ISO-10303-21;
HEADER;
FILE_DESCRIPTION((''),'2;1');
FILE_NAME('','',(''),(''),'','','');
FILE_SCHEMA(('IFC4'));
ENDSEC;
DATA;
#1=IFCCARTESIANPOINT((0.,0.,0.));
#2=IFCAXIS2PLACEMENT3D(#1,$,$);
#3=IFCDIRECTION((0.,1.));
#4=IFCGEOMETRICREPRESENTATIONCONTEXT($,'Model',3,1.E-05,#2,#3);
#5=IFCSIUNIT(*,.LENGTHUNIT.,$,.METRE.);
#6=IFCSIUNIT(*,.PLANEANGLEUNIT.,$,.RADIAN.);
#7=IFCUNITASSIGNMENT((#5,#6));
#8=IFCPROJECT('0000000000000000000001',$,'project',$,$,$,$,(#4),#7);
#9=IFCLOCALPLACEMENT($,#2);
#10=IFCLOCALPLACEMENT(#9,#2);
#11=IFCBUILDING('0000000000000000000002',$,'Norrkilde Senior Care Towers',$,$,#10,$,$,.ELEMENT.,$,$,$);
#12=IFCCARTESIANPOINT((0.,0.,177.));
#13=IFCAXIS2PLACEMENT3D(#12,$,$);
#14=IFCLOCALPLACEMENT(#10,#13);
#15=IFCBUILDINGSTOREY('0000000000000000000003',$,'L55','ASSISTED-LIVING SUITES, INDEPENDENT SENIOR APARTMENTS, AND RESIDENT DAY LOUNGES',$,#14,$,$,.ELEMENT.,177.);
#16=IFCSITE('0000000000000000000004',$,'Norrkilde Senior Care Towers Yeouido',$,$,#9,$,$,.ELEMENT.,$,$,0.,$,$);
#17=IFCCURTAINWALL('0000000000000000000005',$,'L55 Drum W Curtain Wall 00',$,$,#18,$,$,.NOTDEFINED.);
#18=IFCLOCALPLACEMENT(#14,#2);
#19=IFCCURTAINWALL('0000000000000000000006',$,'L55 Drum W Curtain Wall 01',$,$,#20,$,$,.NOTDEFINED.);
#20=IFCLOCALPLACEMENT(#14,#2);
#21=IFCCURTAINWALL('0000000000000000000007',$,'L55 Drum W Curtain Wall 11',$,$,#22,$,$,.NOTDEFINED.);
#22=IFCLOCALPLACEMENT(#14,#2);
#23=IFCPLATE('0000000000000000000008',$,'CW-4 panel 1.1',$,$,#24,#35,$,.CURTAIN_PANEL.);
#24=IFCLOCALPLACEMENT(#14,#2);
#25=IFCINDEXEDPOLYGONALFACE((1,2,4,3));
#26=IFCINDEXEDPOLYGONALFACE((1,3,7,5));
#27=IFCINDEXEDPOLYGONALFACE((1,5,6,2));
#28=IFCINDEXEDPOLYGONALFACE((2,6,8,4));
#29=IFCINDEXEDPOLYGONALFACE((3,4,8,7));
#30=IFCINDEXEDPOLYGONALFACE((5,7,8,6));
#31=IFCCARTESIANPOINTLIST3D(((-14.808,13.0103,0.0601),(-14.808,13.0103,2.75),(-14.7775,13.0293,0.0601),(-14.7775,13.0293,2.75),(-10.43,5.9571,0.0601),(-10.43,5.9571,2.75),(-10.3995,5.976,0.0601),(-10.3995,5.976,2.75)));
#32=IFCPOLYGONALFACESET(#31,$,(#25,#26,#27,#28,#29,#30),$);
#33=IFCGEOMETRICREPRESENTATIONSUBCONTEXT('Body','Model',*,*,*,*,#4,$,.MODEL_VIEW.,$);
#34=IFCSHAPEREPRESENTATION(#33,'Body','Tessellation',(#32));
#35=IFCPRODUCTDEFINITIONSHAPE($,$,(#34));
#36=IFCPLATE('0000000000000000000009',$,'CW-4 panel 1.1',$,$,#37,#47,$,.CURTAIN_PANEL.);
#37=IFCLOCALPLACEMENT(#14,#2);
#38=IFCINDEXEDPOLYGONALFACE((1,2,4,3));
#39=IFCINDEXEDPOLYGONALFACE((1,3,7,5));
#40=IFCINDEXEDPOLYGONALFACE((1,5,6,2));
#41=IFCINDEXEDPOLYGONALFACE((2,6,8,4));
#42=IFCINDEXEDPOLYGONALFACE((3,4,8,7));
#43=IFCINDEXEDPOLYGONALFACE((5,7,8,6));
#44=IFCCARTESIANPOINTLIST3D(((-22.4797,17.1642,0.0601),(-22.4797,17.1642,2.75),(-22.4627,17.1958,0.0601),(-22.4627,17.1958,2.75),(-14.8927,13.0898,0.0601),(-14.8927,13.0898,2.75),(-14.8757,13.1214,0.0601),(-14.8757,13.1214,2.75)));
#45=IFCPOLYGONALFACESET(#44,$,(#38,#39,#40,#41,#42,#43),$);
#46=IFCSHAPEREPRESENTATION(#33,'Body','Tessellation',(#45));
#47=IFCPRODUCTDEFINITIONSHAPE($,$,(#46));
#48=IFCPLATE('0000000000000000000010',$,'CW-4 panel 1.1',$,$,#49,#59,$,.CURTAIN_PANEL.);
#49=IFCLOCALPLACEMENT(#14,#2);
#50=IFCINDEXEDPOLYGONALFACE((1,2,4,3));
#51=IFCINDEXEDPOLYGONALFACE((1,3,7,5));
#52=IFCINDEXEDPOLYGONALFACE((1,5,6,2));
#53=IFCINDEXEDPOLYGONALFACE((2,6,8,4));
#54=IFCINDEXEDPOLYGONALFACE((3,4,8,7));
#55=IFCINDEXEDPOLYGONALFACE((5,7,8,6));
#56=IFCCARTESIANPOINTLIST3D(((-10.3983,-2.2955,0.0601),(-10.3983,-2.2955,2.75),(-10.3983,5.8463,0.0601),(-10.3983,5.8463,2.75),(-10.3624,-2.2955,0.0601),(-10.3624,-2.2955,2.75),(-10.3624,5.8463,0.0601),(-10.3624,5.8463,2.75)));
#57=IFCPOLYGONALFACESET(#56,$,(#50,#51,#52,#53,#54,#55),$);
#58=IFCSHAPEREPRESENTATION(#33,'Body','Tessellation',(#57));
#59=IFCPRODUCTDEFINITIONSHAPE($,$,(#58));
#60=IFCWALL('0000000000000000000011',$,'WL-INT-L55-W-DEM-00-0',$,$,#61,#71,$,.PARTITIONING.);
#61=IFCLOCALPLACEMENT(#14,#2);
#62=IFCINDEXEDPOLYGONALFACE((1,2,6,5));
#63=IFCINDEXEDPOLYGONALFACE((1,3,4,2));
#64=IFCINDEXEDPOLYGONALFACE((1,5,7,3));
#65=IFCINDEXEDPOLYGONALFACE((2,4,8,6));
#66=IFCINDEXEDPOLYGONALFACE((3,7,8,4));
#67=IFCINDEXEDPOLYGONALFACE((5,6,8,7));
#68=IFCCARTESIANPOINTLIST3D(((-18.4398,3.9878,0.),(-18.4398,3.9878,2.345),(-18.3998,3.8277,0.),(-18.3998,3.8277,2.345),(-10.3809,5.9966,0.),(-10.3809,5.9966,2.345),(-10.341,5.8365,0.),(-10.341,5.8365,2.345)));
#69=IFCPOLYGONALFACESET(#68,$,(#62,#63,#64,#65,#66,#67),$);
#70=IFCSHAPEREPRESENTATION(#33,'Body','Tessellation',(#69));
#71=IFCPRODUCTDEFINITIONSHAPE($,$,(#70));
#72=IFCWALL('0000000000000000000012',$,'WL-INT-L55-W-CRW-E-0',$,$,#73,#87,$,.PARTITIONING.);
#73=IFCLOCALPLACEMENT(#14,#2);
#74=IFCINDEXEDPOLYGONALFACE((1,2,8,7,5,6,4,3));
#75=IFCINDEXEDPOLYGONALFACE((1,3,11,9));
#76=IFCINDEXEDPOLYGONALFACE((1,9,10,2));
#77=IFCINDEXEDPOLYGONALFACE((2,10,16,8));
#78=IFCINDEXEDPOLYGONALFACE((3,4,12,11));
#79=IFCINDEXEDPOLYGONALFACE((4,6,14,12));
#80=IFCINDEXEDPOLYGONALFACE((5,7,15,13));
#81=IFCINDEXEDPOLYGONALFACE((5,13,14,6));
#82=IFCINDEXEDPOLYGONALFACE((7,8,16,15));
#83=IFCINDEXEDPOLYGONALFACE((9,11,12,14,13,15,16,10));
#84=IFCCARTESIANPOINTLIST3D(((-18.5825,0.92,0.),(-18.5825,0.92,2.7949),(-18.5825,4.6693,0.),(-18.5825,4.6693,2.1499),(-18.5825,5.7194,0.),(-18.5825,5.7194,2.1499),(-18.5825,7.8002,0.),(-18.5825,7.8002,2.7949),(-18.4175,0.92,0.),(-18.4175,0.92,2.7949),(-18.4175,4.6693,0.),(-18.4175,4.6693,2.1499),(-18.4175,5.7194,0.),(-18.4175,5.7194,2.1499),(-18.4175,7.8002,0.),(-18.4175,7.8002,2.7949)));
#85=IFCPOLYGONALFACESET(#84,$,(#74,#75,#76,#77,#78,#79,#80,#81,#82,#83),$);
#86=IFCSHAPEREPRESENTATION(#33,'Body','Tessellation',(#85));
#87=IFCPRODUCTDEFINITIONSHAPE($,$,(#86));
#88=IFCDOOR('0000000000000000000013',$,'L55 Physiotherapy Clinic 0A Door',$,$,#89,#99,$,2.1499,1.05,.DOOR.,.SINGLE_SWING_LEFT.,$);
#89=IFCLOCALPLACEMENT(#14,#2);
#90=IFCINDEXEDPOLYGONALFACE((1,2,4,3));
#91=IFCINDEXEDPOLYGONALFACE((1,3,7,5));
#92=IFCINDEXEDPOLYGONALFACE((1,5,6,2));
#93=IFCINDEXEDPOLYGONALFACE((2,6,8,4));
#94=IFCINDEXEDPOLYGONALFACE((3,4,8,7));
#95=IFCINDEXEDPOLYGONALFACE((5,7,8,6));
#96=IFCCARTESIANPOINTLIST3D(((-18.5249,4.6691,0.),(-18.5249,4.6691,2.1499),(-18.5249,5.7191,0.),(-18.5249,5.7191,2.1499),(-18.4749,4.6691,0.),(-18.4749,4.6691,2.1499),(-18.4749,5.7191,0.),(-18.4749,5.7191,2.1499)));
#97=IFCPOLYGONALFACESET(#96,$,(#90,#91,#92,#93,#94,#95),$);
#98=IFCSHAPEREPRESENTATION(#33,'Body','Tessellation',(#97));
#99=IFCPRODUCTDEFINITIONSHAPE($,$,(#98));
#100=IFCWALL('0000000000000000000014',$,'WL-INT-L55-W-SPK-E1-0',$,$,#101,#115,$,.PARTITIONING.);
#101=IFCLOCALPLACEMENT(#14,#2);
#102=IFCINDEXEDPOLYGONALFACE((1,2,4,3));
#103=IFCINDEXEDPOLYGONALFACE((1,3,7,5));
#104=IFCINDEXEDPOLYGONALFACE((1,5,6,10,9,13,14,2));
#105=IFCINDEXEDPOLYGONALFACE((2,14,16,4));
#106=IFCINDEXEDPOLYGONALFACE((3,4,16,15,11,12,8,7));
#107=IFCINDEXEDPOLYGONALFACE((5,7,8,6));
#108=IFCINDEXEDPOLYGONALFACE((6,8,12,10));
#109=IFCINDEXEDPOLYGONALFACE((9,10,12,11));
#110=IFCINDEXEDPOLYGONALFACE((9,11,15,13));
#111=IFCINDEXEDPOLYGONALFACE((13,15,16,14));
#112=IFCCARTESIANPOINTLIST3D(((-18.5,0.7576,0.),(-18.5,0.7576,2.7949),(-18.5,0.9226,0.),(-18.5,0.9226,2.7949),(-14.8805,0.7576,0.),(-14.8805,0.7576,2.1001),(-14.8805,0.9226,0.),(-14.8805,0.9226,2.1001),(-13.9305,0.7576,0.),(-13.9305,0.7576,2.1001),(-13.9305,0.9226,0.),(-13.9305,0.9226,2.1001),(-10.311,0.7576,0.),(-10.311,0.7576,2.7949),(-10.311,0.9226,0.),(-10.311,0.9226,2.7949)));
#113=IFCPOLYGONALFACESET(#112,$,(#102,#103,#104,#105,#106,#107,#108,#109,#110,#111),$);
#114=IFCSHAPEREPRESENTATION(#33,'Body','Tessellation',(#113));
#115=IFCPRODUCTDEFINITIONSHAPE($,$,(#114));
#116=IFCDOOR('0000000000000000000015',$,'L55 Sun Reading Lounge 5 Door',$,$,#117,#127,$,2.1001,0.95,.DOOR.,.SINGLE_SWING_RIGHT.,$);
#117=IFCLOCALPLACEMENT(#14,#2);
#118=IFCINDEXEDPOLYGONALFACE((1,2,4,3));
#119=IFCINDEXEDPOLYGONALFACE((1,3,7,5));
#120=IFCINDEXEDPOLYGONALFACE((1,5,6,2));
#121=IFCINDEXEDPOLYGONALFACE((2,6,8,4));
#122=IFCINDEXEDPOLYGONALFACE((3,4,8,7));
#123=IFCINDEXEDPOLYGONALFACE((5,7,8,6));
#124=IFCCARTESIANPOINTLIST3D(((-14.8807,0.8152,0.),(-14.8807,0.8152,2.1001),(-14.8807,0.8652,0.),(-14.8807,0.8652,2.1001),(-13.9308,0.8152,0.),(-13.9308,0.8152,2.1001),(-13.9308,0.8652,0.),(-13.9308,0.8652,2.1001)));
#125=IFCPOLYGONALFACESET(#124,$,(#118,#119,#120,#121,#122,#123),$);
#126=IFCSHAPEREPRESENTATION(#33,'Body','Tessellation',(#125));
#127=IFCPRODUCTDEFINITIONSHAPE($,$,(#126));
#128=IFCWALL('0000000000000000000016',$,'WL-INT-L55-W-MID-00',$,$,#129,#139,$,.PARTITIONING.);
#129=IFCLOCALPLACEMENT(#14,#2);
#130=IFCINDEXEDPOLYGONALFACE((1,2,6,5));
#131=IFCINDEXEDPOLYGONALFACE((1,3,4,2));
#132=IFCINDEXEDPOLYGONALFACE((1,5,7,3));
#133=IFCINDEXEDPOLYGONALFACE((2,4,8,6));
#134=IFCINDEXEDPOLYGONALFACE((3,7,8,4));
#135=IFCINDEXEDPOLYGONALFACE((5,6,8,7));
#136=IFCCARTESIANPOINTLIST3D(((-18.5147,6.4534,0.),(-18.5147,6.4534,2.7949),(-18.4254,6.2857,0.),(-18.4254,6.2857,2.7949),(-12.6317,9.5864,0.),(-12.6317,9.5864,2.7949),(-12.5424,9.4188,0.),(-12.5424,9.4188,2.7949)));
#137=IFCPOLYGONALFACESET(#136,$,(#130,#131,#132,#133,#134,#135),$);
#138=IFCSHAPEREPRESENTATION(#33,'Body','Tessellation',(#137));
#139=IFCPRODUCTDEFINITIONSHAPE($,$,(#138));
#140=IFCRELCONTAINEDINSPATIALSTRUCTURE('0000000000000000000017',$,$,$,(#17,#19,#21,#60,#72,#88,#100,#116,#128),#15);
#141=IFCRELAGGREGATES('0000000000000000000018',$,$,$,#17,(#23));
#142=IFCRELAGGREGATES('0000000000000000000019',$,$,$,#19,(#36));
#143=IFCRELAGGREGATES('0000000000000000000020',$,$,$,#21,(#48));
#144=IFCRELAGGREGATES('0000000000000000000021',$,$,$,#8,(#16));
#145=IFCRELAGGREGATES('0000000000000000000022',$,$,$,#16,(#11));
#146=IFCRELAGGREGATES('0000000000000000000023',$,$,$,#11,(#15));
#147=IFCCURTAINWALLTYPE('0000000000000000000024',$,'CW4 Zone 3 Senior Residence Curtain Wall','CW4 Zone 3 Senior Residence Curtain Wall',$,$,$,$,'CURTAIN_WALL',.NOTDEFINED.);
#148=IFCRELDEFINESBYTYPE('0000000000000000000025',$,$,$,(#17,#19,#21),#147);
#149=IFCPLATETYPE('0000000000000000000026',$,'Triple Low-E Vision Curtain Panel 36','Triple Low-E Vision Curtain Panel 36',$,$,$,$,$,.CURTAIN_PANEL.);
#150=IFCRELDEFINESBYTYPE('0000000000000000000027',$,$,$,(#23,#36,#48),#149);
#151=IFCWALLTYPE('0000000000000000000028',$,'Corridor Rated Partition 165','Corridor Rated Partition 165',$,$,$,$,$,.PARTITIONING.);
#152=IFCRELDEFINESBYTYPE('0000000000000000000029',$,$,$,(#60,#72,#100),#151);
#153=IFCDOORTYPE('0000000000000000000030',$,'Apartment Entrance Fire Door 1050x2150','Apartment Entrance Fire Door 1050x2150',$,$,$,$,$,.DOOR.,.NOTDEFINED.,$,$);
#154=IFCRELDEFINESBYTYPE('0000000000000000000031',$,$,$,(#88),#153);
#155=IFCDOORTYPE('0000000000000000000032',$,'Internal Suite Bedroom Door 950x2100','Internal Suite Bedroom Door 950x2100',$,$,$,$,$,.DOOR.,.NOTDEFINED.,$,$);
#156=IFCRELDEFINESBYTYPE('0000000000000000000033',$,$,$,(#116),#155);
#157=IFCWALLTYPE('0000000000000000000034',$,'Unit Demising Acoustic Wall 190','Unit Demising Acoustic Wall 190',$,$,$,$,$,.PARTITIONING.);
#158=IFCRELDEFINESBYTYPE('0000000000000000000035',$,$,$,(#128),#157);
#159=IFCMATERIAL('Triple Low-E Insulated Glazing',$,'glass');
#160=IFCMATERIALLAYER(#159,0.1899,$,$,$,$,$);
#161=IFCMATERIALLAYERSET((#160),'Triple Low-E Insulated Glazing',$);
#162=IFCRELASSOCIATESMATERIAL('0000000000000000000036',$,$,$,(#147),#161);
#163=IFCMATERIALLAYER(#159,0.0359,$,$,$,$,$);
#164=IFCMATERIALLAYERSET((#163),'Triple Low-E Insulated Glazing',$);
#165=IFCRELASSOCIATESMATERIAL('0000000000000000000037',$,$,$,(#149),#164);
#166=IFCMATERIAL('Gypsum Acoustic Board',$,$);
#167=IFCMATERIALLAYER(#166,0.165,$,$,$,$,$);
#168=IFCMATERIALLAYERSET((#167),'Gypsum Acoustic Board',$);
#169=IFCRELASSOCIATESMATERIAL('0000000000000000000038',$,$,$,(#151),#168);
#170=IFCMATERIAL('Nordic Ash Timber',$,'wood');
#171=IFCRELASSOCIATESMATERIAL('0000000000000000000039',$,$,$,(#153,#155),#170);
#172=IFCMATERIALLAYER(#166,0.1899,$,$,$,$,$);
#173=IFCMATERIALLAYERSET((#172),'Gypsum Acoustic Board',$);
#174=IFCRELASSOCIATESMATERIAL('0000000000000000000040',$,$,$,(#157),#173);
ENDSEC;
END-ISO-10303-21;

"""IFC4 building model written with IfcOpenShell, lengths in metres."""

from ifc_helpers import new_model, si_unit, direction, frame, frame_2d, origin, origin_2d, place, context, subcontext, project, spatial, rectangle, extrude, source, transform, mapped, material, layer, layer_set, type_object, type_shapes, element, fill, aggregate, save


model = new_model("IFC4")

# Units and contexts
model_context = context("Model", 3, precision=1e-05, world=origin(), true_north=direction((0.0, 1.0)))
body_context = subcontext(model_context, "Body", "Model", "MODEL_VIEW")
ifc_project = project(units=[si_unit("LENGTHUNIT", "METRE"), si_unit("PLANEANGLEUNIT", "RADIAN")], contexts=[model_context])

# Site, building, storey
site_placement = place(None, origin())
site = spatial("IfcSite", under=ifc_project, at=site_placement, Name="Norrkilde Senior Care Towers Yeouido", CompositionType="ELEMENT", RefElevation=0.0)
building_placement = place(site_placement, origin())
building = spatial("IfcBuilding", under=site, at=building_placement, Name="Norrkilde Senior Care Towers", CompositionType="ELEMENT")
storey_placement = place(building_placement, frame((0.0, 0.0, 177.0)))
storey = spatial("IfcBuildingStorey", under=building, at=storey_placement, Name="L55", Description="ASSISTED-LIVING SUITES, INDEPENDENT SENIOR APARTMENTS, AND RESIDENT DAY LOUNGES", CompositionType="ELEMENT", Elevation=177.0)

# Curtain wall
ifc_material_1 = material(Name="Triple Low-E Insulated Glazing", Category="glass")
ifc_layer_1 = layer(ifc_material_1, 0.1899)
ifc_layer_set_1 = layer_set([ifc_layer_1], Name="Triple Low-E Insulated Glazing")
curtain_wall_type = type_object("IfcCurtainWallType", Name="CW4 Zone 3 Senior Residence Curtain Wall", Description="CW4 Zone 3 Senior Residence Curtain Wall", ElementType="CURTAIN_WALL", PredefinedType="NOTDEFINED", material=ifc_layer_set_1)
curtain_wall_1_placement = place(storey_placement, origin())
curtain_wall_1 = element("IfcCurtainWall", 1, at=curtain_wall_1_placement, inside=storey, type_object=curtain_wall_type, Name="L55 Drum W Curtain Wall 00", PredefinedType="NOTDEFINED")

# Curtain walls
curtain_wall_2_placement = place(storey_placement, origin())
curtain_wall_2 = element("IfcCurtainWall", 2, at=curtain_wall_2_placement, inside=storey, type_object=curtain_wall_type, Name="L55 Drum W Curtain Wall 01", PredefinedType="NOTDEFINED")
curtain_wall_3_placement = place(storey_placement, origin())
curtain_wall_3 = element("IfcCurtainWall", 3, at=curtain_wall_3_placement, inside=storey, type_object=curtain_wall_type, Name="L55 Drum W Curtain Wall 11", PredefinedType="NOTDEFINED")

# Plates
ifc_layer_2 = layer(ifc_material_1, 0.0359)
ifc_layer_set_2 = layer_set([ifc_layer_2], Name="Triple Low-E Insulated Glazing")
plate_type = type_object("IfcPlateType", Name="Triple Low-E Vision Curtain Panel 36", Description="Triple Low-E Vision Curtain Panel 36", PredefinedType="CURTAIN_PANEL", material=ifc_layer_set_2)
shared_shape_1 = source(origin(), body_context, "Body", "SweptSolid", [
    extrude(rectangle(XDim=8.3015, YDim=0.0359, at=origin_2d()), origin(), (0.0, 0.0, 1.0), 2.6899),
])
plate_1_placement = place(storey_placement, frame((-12.6038, 9.4932, 0.0601), z_axis=(0.0, 0.0, 1.0), x_axis=(0.527373, -0.849634, 0.0)))
plate_1 = element("IfcPlate", 4, at=plate_1_placement, type_object=plate_type, Name="CW-4 panel 1.1", PredefinedType="CURTAIN_PANEL", context=body_context, shape_type="MappedRepresentation", body=[
    mapped(shared_shape_1, transform((0.0, 0.0, 0.0), x_axis=(1.0, 0.0, 0.0), y_axis=(0.0, 1.0, 0.0), z_axis=(0.0, 0.0, 1.0), scale=1.0)),
])
aggregate(curtain_wall_1, [plate_1])
shared_shape_2 = source(origin(), body_context, "Body", "SweptSolid", [
    extrude(rectangle(XDim=8.6118, YDim=0.0359, at=origin_2d()), origin(), (0.0, 0.0, 1.0), 2.6899),
])
plate_2_placement = place(storey_placement, frame((-18.6777, 15.1428, 0.0601), z_axis=(0.0, 0.0, 1.0), x_axis=(0.881, -0.473117, 0.0)))
plate_2 = element("IfcPlate", 5, at=plate_2_placement, type_object=plate_type, Name="CW-4 panel 1.1", PredefinedType="CURTAIN_PANEL", context=body_context, shape_type="MappedRepresentation", body=[
    mapped(shared_shape_2, transform((0.0, 0.0, 0.0), x_axis=(1.0, 0.0, 0.0), y_axis=(0.0, 1.0, 0.0), z_axis=(0.0, 0.0, 1.0), scale=1.0)),
])
aggregate(curtain_wall_2, [plate_2])
shared_shape_3 = source(origin(), body_context, "Body", "SweptSolid", [
    extrude(rectangle(XDim=8.1418, YDim=0.0359, at=origin_2d()), origin(), (0.0, 0.0, 1.0), 2.6899),
])
type_shapes(plate_type, [shared_shape_1, shared_shape_2, shared_shape_3])
plate_3_placement = place(storey_placement, frame((-10.3804, 1.7754, 0.0601), z_axis=(0.0, 0.0, 1.0), x_axis=(0.0, -1.0, 0.0)))
plate_3 = element("IfcPlate", 6, at=plate_3_placement, type_object=plate_type, Name="CW-4 panel 1.1", PredefinedType="CURTAIN_PANEL", context=body_context, shape_type="MappedRepresentation", body=[
    mapped(shared_shape_3, transform((0.0, 0.0, 0.0), x_axis=(1.0, 0.0, 0.0), y_axis=(0.0, 1.0, 0.0), z_axis=(0.0, 0.0, 1.0), scale=1.0)),
])
aggregate(curtain_wall_3, [plate_3])

# Wall
ifc_material_2 = material(Name="Gypsum Acoustic Board")
ifc_layer_3 = layer(ifc_material_2, 0.165)
ifc_layer_set_3 = layer_set([ifc_layer_3], Name="Gypsum Acoustic Board")
wall_type_1 = type_object("IfcWallType", Name="Corridor Rated Partition 165", Description="Corridor Rated Partition 165", PredefinedType="PARTITIONING", material=ifc_layer_set_3)
shared_shape_4 = source(origin(), body_context, "Body", "SweptSolid", [
    extrude(rectangle(XDim=8.3054, YDim=0.165, at=frame_2d((4.1528, 0.0))), origin(), (0.0, 0.0, 1.0), 2.345),
])
wall_1_placement = place(storey_placement, frame((-18.4199, 3.9077, 0.0), z_axis=(0.0, 0.0, 1.0), x_axis=(0.97031, 0.241865, 0.0)))
element("IfcWall", 7, at=wall_1_placement, inside=storey, type_object=wall_type_1, Name="WL-INT-L55-W-DEM-00-0", PredefinedType="PARTITIONING", context=body_context, shape_type="MappedRepresentation", body=[
    mapped(shared_shape_4, transform((0.0, 0.0, 0.0), x_axis=(1.0, 0.0, 0.0), y_axis=(0.0, 1.0, 0.0), z_axis=(0.0, 0.0, 1.0), scale=1.0)),
])

# Walls, openings, doors
shared_shape_5 = source(origin(), body_context, "Body", "SweptSolid", [
    extrude(rectangle(XDim=6.8801, YDim=0.165, at=frame_2d((3.4399, 0.0))), origin(), (0.0, 0.0, 1.0), 2.7949),
])
wall_2_placement = place(storey_placement, frame((-18.5, 7.8, 0.0), z_axis=(0.0, 0.0, 1.0), x_axis=(0.0, -1.0, 0.0)))
wall_2 = element("IfcWall", 8, at=wall_2_placement, inside=storey, type_object=wall_type_1, Name="WL-INT-L55-W-CRW-E-0", PredefinedType="PARTITIONING", context=body_context, shape_type="MappedRepresentation", body=[
    mapped(shared_shape_5, transform((0.0, 0.0, 0.0), x_axis=(1.0, 0.0, 0.0), y_axis=(0.0, 1.0, 0.0), z_axis=(0.0, 0.0, 1.0), scale=1.0)),
])
opening_1_placement = place(wall_2_placement, frame((2.0808, 0.0, 0.0)))
opening_1 = element("IfcOpeningElement", 9, at=opening_1_placement, cuts=wall_2, PredefinedType="OPENING", context=body_context, shape_type="SweptSolid", body=[
    extrude(rectangle(XDim=1.05, YDim=2.1499, at=frame_2d((0.5249, 1.075))), frame((0.0, 0.0925, 0.0), z_axis=(0.0, -1.0, 0.0), x_axis=(1.0, 0.0, 0.0)), (0.0, 0.0, 1.0), 0.1851),
])
ifc_material_3 = material(Name="Nordic Ash Timber", Category="wood")
door_type_1 = type_object("IfcDoorType", Name="Apartment Entrance Fire Door 1050x2150", Description="Apartment Entrance Fire Door 1050x2150", OperationType="NOTDEFINED", PredefinedType="DOOR", material=ifc_material_3)
shared_shape_6 = source(origin(), body_context, "Body", "SweptSolid", [
    extrude(rectangle(XDim=1.05, YDim=2.1499, at=frame_2d((0.5249, 1.075))), frame((0.0, 0.0249, 0.0), z_axis=(0.0, -1.0, 0.0), x_axis=(1.0, 0.0, 0.0)), (0.0, 0.0, 1.0), 0.05),
])
type_shapes(door_type_1, [shared_shape_6])
door_1_placement = place(opening_1_placement, frame((1.05, 0.0, 0.0), z_axis=(0.0, 0.0, 1.0), x_axis=(-1.0, 0.0, 0.0)))
door_1 = element("IfcDoor", 10, at=door_1_placement, inside=storey, type_object=door_type_1, Name="L55 Physiotherapy Clinic 0A Door", OperationType="SINGLE_SWING_LEFT", OverallHeight=2.1499, OverallWidth=1.05, PredefinedType="DOOR", context=body_context, shape_type="MappedRepresentation", body=[
    mapped(shared_shape_6, transform((0.0, 0.0, 0.0), x_axis=(1.0, 0.0, 0.0), y_axis=(0.0, 1.0, 0.0), z_axis=(0.0, 0.0, 1.0), scale=1.0)),
])
fill(opening_1, door_1)
shared_shape_7 = source(origin(), body_context, "Body", "SweptSolid", [
    extrude(rectangle(XDim=8.189, YDim=0.165, at=frame_2d((4.0945, 0.0))), origin(), (0.0, 0.0, 1.0), 2.7949),
])
type_shapes(wall_type_1, [shared_shape_4, shared_shape_5, shared_shape_7])
wall_3_placement = place(storey_placement, frame((-18.5, 0.8401, 0.0), z_axis=(0.0, 0.0, 1.0), x_axis=(1.0, 0.0, 0.0)))
wall_3 = element("IfcWall", 11, at=wall_3_placement, inside=storey, type_object=wall_type_1, Name="WL-INT-L55-W-SPK-E1-0", PredefinedType="PARTITIONING", context=body_context, shape_type="MappedRepresentation", body=[
    mapped(shared_shape_7, transform((0.0, 0.0, 0.0), x_axis=(1.0, 0.0, 0.0), y_axis=(0.0, 1.0, 0.0), z_axis=(0.0, 0.0, 1.0), scale=1.0)),
])
opening_2_placement = place(wall_3_placement, frame((3.6194, 0.0, 0.0)))
opening_2 = element("IfcOpeningElement", 12, at=opening_2_placement, cuts=wall_3, PredefinedType="OPENING", context=body_context, shape_type="SweptSolid", body=[
    extrude(rectangle(XDim=0.95, YDim=2.1001, at=frame_2d((0.4751, 1.05))), frame((0.0, 0.0925, 0.0), z_axis=(0.0, -1.0, 0.0), x_axis=(1.0, 0.0, 0.0)), (0.0, 0.0, 1.0), 0.1851),
])
door_type_2 = type_object("IfcDoorType", Name="Internal Suite Bedroom Door 950x2100", Description="Internal Suite Bedroom Door 950x2100", OperationType="NOTDEFINED", PredefinedType="DOOR", material=ifc_material_3)
shared_shape_8 = source(origin(), body_context, "Body", "SweptSolid", [
    extrude(rectangle(XDim=0.95, YDim=2.1001, at=frame_2d((0.4751, 1.05))), frame((0.0, 0.0249, 0.0), z_axis=(0.0, -1.0, 0.0), x_axis=(1.0, 0.0, 0.0)), (0.0, 0.0, 1.0), 0.05),
])
type_shapes(door_type_2, [shared_shape_8])
door_2_placement = place(opening_2_placement, frame((0.95, 0.0, 0.0), z_axis=(0.0, 0.0, 1.0), x_axis=(-1.0, 0.0, 0.0)))
door_2 = element("IfcDoor", 13, at=door_2_placement, inside=storey, type_object=door_type_2, Name="L55 Sun Reading Lounge 5 Door", OperationType="SINGLE_SWING_RIGHT", OverallHeight=2.1001, OverallWidth=0.95, PredefinedType="DOOR", context=body_context, shape_type="MappedRepresentation", body=[
    mapped(shared_shape_8, transform((0.0, 0.0, 0.0), x_axis=(1.0, 0.0, 0.0), y_axis=(0.0, 1.0, 0.0), z_axis=(0.0, 0.0, 1.0), scale=1.0)),
])
fill(opening_2, door_2)

# Wall
ifc_layer_4 = layer(ifc_material_2, 0.1899)
ifc_layer_set_4 = layer_set([ifc_layer_4], Name="Gypsum Acoustic Board")
wall_type_2 = type_object("IfcWallType", Name="Unit Demising Acoustic Wall 190", Description="Unit Demising Acoustic Wall 190", PredefinedType="PARTITIONING", material=ifc_layer_set_4)
shared_shape_9 = source(origin(), body_context, "Body", "SweptSolid", [
    extrude(rectangle(XDim=6.6653, YDim=0.1899, at=frame_2d((3.3325, 0.0))), origin(), (0.0, 0.0, 1.0), 2.7949),
])
type_shapes(wall_type_2, [shared_shape_9])
wall_4_placement = place(storey_placement, frame((-18.47, 6.3696, 0.0), z_axis=(0.0, 0.0, 1.0), x_axis=(0.882638, 0.470054, 0.0)))
element("IfcWall", 14, at=wall_4_placement, inside=storey, type_object=wall_type_2, Name="WL-INT-L55-W-MID-00", PredefinedType="PARTITIONING", context=body_context, shape_type="MappedRepresentation", body=[
    mapped(shared_shape_9, transform((0.0, 0.0, 0.0), x_axis=(1.0, 0.0, 0.0), y_axis=(0.0, 1.0, 0.0), z_axis=(0.0, 0.0, 1.0), scale=1.0)),
])

save(model, "model.ifc")
